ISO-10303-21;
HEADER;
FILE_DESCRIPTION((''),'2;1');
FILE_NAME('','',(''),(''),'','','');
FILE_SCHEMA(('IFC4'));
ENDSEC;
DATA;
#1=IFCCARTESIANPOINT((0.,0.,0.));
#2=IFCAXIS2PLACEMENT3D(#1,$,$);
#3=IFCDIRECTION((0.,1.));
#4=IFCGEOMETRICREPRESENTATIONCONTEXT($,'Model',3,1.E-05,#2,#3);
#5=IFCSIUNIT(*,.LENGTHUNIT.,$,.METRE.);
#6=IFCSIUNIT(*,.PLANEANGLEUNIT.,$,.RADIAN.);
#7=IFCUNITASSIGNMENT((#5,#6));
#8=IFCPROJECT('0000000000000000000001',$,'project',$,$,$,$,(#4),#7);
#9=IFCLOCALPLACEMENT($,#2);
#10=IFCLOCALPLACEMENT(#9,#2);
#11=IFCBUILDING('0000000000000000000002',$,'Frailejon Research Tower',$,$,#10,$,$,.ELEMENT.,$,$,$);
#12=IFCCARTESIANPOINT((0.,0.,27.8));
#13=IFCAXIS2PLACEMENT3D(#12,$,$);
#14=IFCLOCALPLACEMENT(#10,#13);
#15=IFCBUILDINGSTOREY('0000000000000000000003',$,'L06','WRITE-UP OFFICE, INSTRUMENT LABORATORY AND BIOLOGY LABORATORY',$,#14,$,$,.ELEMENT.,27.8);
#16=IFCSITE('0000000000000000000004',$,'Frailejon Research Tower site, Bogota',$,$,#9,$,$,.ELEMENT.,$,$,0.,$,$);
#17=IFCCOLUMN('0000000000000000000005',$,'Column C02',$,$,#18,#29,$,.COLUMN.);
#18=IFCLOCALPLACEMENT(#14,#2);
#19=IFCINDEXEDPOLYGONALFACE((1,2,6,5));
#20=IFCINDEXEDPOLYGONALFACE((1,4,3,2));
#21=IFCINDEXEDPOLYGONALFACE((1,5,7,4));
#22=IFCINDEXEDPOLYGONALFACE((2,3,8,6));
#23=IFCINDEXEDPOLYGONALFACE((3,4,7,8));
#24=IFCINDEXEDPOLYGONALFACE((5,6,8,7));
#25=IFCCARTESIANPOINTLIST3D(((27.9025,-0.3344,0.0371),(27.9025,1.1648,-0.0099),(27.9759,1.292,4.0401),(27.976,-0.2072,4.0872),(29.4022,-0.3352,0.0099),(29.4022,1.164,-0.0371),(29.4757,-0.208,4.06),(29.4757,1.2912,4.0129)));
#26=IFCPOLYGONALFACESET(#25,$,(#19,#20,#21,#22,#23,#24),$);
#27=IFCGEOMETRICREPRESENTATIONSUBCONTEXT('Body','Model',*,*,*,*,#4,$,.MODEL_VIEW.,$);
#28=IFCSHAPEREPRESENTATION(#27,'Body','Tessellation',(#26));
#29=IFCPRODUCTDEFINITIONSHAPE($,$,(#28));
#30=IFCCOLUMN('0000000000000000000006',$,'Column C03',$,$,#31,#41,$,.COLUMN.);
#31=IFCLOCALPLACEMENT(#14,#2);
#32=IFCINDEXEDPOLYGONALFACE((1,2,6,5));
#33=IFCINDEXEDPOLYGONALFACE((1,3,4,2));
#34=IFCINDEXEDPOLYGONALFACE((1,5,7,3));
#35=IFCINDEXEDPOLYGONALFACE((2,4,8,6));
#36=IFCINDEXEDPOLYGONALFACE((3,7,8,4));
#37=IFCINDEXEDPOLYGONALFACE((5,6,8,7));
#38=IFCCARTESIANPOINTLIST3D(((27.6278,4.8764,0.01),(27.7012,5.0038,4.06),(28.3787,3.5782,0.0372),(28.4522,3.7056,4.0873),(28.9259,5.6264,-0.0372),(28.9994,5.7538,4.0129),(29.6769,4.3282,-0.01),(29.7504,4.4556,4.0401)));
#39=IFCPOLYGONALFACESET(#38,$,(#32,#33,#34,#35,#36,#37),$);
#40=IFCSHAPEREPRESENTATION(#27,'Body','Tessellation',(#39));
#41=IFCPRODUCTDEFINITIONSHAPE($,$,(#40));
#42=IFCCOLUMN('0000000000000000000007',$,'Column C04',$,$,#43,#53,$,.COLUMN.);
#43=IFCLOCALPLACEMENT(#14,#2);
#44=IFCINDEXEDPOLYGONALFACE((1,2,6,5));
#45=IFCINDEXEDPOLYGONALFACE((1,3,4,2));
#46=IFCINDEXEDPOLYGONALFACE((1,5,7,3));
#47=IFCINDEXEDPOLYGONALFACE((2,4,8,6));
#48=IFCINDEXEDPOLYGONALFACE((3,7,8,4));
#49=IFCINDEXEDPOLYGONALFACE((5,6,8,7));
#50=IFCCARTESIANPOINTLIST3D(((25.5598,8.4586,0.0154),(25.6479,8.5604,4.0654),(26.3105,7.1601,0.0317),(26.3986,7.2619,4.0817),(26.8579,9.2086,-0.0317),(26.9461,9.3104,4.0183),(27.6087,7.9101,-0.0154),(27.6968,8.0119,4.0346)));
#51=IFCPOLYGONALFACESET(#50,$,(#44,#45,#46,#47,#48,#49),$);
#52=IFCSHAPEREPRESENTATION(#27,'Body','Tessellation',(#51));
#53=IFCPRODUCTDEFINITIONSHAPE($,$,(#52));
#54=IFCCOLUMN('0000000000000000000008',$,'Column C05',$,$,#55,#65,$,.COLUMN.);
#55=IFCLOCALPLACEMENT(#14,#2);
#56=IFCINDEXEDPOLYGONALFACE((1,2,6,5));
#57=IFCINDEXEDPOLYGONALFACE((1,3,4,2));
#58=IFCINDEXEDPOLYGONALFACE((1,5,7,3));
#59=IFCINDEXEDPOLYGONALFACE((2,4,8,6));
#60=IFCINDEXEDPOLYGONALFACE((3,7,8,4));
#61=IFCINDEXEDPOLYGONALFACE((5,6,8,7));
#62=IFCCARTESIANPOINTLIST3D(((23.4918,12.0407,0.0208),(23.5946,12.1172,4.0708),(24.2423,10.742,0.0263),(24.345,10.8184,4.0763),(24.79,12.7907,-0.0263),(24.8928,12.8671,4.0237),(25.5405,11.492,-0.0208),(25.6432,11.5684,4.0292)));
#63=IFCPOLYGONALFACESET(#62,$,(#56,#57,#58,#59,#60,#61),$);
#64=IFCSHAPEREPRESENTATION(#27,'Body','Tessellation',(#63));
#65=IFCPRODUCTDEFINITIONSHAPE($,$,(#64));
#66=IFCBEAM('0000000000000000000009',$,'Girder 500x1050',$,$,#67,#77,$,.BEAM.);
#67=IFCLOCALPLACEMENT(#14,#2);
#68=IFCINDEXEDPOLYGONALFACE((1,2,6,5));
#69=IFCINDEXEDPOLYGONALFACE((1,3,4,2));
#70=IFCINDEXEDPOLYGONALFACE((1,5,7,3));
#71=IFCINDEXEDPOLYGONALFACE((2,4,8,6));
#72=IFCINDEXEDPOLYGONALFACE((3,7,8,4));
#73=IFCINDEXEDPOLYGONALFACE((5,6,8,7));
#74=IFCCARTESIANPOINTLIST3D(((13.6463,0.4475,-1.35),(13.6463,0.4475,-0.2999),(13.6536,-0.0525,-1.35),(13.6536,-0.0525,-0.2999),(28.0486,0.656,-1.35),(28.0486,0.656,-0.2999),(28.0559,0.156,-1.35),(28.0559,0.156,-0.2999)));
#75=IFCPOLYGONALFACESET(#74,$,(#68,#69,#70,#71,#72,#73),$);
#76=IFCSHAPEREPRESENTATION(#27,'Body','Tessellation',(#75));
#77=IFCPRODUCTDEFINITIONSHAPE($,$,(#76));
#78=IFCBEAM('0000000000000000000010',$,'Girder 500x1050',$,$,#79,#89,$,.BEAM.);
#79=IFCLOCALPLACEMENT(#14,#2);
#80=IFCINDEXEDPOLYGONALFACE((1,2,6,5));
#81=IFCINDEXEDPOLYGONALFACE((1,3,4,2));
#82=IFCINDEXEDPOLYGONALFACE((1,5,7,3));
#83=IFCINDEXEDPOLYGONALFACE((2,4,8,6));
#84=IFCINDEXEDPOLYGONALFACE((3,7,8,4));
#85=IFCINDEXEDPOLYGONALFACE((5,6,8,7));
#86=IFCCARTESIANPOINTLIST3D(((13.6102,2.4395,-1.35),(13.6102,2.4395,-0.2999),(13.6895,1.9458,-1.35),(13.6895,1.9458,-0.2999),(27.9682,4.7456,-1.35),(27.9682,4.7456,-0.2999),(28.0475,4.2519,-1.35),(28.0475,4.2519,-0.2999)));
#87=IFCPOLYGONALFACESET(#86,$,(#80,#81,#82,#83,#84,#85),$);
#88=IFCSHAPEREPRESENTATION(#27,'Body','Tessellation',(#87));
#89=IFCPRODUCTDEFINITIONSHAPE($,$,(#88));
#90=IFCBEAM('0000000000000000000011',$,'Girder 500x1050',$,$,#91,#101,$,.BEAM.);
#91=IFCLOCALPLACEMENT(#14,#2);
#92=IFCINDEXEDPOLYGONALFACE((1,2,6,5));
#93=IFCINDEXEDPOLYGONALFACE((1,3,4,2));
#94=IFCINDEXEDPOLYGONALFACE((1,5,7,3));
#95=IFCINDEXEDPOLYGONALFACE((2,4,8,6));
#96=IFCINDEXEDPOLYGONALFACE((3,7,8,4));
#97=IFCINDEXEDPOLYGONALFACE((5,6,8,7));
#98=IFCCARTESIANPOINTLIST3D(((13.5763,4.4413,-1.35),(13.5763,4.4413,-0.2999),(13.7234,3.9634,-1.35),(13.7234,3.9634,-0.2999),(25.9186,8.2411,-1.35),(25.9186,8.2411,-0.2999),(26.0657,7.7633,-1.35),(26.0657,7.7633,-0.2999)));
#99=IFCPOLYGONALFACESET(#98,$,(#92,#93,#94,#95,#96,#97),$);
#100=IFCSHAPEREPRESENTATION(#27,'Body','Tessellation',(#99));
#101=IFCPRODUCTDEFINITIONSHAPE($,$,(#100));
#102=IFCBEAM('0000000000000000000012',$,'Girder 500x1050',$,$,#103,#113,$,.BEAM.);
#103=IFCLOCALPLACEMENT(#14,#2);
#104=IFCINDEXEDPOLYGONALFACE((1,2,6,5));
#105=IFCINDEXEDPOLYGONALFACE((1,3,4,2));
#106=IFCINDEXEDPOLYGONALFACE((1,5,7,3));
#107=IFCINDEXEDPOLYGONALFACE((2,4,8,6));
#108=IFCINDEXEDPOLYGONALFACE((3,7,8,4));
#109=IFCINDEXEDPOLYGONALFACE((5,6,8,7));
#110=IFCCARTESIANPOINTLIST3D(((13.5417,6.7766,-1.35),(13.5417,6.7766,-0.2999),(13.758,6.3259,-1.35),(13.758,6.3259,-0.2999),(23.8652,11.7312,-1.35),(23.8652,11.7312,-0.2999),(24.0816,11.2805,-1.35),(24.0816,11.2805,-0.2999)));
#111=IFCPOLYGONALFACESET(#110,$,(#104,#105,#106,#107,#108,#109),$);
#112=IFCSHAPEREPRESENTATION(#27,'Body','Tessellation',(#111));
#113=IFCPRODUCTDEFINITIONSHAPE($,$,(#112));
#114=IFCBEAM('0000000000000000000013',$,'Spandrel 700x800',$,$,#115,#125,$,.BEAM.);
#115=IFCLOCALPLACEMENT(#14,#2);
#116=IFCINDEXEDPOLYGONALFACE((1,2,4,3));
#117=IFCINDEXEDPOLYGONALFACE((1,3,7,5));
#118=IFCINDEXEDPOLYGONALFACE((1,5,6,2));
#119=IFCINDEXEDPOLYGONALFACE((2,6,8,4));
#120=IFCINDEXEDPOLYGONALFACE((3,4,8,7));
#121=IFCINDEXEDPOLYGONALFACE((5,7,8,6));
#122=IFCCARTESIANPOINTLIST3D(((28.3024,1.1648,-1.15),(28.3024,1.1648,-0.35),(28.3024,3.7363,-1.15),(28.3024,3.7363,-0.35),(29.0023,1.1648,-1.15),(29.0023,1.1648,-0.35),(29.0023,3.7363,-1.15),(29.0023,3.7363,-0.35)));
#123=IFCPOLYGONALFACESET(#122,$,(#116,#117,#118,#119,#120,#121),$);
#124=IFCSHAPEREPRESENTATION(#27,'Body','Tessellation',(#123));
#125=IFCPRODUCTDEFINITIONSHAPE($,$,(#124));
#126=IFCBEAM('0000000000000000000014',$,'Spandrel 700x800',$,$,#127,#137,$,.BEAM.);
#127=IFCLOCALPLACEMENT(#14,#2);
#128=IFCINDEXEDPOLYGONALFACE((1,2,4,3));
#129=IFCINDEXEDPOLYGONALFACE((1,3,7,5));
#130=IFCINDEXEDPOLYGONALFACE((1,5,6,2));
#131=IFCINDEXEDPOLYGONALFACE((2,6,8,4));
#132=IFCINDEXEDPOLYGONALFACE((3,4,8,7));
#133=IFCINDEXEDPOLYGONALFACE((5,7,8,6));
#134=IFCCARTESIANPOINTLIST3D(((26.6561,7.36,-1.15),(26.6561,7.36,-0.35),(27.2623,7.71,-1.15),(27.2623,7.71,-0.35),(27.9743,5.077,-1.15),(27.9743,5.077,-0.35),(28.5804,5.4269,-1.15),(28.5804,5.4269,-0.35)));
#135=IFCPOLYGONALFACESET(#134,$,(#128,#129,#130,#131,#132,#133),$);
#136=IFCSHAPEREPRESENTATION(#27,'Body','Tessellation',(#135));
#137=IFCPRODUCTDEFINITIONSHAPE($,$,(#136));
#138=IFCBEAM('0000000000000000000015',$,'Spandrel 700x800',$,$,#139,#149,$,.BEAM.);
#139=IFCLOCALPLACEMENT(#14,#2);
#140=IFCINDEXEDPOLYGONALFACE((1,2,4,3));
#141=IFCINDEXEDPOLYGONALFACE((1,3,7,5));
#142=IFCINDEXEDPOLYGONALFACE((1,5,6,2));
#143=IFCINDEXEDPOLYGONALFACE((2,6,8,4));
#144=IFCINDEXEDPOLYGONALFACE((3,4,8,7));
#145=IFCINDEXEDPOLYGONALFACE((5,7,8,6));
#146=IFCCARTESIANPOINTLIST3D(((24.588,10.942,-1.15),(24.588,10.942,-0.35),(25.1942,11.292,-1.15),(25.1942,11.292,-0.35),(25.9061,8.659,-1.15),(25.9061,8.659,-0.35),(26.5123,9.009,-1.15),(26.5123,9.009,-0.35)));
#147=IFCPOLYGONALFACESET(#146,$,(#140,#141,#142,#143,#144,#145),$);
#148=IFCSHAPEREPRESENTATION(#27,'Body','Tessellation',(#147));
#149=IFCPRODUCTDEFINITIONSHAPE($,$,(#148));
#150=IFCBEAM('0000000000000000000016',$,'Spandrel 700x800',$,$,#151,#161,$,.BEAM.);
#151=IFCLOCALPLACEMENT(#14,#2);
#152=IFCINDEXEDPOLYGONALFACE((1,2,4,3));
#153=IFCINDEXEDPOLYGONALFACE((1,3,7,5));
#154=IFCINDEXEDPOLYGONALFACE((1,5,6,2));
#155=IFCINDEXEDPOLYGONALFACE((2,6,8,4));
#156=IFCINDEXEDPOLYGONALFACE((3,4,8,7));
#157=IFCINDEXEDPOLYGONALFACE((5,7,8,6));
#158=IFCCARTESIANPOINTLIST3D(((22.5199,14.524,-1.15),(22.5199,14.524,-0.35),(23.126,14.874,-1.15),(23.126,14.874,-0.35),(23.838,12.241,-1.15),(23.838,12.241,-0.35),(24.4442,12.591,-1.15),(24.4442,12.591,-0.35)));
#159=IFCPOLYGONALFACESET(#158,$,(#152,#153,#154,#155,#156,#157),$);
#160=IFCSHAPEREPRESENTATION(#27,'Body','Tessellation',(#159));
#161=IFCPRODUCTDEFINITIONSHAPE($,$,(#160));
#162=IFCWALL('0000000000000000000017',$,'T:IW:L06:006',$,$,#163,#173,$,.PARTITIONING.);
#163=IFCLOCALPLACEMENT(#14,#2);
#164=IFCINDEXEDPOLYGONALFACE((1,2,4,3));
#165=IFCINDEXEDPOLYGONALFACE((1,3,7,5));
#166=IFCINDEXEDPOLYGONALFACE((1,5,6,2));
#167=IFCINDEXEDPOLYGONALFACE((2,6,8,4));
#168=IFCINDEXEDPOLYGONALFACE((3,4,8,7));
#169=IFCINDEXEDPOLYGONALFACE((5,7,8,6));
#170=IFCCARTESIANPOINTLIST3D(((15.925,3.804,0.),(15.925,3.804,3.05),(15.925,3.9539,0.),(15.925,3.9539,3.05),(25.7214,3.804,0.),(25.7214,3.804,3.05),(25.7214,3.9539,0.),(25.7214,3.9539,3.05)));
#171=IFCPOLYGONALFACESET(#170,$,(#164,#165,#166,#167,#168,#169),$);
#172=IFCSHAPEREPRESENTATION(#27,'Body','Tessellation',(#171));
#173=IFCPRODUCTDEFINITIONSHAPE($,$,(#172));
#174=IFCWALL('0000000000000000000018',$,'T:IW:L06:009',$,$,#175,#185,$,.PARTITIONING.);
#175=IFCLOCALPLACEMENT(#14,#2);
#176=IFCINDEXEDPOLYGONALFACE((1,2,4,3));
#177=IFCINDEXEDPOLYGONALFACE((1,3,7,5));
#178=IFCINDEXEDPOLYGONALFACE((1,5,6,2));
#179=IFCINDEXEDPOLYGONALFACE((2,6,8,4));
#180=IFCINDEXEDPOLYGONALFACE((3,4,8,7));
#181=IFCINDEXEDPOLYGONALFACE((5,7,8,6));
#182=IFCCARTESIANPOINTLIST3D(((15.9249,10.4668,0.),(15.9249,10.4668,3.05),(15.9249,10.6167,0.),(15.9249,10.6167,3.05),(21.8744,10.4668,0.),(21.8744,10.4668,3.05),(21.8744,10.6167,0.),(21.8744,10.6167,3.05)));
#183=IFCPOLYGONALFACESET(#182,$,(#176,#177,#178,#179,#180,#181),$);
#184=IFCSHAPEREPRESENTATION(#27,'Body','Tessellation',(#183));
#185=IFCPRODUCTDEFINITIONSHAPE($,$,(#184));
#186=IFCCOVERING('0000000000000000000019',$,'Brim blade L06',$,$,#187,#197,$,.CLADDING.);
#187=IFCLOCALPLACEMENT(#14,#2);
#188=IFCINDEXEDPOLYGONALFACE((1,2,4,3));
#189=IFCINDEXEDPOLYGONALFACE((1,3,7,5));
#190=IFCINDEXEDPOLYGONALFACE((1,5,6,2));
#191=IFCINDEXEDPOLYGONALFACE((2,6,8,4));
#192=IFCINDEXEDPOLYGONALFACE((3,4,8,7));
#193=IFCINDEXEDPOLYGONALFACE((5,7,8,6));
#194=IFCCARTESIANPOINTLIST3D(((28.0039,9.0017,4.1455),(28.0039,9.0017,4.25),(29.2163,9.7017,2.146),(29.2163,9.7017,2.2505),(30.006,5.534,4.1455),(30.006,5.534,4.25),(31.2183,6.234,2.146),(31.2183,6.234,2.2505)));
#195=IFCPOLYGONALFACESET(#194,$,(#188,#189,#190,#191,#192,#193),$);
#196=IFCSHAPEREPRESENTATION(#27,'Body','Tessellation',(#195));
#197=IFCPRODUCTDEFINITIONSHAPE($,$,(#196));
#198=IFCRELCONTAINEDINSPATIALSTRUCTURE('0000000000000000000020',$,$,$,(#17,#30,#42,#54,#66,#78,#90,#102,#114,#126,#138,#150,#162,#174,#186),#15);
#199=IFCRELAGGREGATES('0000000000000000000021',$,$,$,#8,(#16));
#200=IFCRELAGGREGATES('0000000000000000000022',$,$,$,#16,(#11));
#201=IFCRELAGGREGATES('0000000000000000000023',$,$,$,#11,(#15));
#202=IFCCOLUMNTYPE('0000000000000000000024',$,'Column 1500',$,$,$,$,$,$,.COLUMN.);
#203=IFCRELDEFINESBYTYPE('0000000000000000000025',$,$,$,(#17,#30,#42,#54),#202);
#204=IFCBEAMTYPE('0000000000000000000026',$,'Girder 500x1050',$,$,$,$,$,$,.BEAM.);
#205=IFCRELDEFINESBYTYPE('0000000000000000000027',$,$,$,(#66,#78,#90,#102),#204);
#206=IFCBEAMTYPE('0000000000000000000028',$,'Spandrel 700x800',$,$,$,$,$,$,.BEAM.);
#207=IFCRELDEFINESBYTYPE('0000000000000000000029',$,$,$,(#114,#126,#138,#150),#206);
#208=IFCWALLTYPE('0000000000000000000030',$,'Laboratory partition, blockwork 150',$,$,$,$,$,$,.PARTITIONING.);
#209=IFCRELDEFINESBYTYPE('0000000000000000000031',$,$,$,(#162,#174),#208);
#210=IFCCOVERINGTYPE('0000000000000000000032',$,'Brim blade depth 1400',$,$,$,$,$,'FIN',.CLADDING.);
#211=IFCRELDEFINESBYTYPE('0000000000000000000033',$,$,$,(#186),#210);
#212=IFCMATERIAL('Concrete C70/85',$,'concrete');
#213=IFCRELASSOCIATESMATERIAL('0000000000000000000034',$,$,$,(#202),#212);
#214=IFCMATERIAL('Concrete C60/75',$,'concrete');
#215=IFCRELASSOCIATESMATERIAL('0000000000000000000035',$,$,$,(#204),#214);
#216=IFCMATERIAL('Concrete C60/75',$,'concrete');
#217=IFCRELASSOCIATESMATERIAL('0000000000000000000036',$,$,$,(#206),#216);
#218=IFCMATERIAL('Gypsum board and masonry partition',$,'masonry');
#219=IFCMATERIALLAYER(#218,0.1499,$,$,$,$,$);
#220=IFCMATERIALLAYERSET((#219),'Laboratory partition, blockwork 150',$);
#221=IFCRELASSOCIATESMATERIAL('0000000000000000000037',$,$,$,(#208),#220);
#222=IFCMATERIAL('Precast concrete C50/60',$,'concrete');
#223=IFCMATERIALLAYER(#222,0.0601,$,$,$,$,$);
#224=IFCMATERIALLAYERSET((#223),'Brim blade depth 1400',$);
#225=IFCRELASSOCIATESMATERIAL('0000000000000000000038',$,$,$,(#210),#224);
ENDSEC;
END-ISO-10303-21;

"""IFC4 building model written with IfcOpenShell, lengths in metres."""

from ifc_helpers import new_model, si_unit, direction, frame, frame_2d, origin, origin_2d, place, context, subcontext, project, spatial, polyline, rectangle, outline, extrude, material, layer, layer_set, material_profile, profile_set, type_object, element, save


model = new_model("IFC4")

# Units and contexts
model_context = context("Model", 3, precision=1e-05, world=origin(), true_north=direction((0.0, 1.0)))
body_context = subcontext(model_context, "Body", "Model", "MODEL_VIEW")
ifc_project = project(units=[si_unit("LENGTHUNIT", "METRE"), si_unit("PLANEANGLEUNIT", "RADIAN")], contexts=[model_context])

# Site, building, storey
site_placement = place(None, origin())
site = spatial("IfcSite", under=ifc_project, at=site_placement, Name="Frailejon Research Tower site, Bogota", CompositionType="ELEMENT", RefElevation=0.0)
building_placement = place(site_placement, origin())
building = spatial("IfcBuilding", under=site, at=building_placement, Name="Frailejon Research Tower", CompositionType="ELEMENT")
storey_placement = place(building_placement, frame((0.0, 0.0, 27.8)))
storey = spatial("IfcBuildingStorey", under=building, at=storey_placement, Name="L06", Description="WRITE-UP OFFICE, INSTRUMENT LABORATORY AND BIOLOGY LABORATORY", CompositionType="ELEMENT", Elevation=27.8)

# Columns
ifc_material_1 = material(Name="Concrete C70/85", Category="concrete")
ifc_material_profile_1 = material_profile(ifc_material_1, rectangle(XDim=1.5, YDim=1.5, at=origin_2d()), Name="Column 1500")
ifc_profile_set_1 = profile_set([ifc_material_profile_1], Name="Concrete C70/85")
column_type = type_object("IfcColumnType", Name="Column 1500", PredefinedType="COLUMN", material=ifc_profile_set_1)
for number, where, z_axis, x_axis, name in (
    (1, (28.6523, 0.4148, 0.0), (0.018133, 0.031386, 0.999343), (-0.000022, 0.999507, -0.03139), "Column C02"),
    (2, (28.6523, 4.6023, 0.0), (0.018133, 0.031446, 0.999341), (-0.500658, 0.865455, -0.018149), "Column C03"),
):
    element("IfcColumn", number, at=place(storey_placement, frame(where, z_axis=z_axis, x_axis=x_axis)), inside=storey, type_object=column_type, Name=name, PredefinedType="COLUMN", context=body_context, shape_type="SweptSolid", body=[
        extrude(rectangle(XDim=1.5, YDim=1.5, at=origin_2d()), origin(), (0.0, 0.0, 1.0), 4.0527),
    ])
column_1_placement = place(storey_placement, frame((26.5842, 8.1843, 0.0), z_axis=(0.021749, 0.025123, 0.999448), x_axis=(-0.500502, 0.865667, -0.010869)))
element("IfcColumn", 3, at=column_1_placement, inside=storey, type_object=column_type, Name="Column C04", PredefinedType="COLUMN", context=body_context, shape_type="SweptSolid", body=[
    extrude(rectangle(XDim=1.5, YDim=1.5, at=origin_2d()), origin(), (0.0, 0.0, 1.0), 4.0522),
])
column_2_placement = place(storey_placement, frame((24.5161, 11.7664, 0.0), z_axis=(0.025366, 0.018858, 0.9995), x_axis=(-0.500322, 0.865832, -0.003639)))
element("IfcColumn", 4, at=column_2_placement, inside=storey, type_object=column_type, Name="Column C05", PredefinedType="COLUMN", context=body_context, shape_type="SweptSolid", body=[
    extrude(rectangle(XDim=1.5, YDim=1.5, at=origin_2d()), origin(), (0.0, 0.0, 1.0), 4.052),
])

# Beams
ifc_material_2 = material(Name="Concrete C60/75", Category="concrete")
ifc_material_profile_2 = material_profile(ifc_material_2, rectangle(XDim=0.5, YDim=1.05, at=origin_2d()), Name="Girder 500x1050")
ifc_profile_set_2 = profile_set([ifc_material_profile_2], Name="Concrete C60/75")
beam_type_1 = type_object("IfcBeamType", Name="Girder 500x1050", PredefinedType="BEAM", material=ifc_profile_set_2)
beam_1_placement = place(storey_placement, frame((28.0522, 0.406, -0.825), z_axis=(-0.999895, -0.014475, 0.0), x_axis=(0.014475, -0.999895, 0.0)))
element("IfcBeam", 5, at=beam_1_placement, inside=storey, type_object=beam_type_1, Name="Girder 500x1050", PredefinedType="BEAM", context=body_context, shape_type="SweptSolid", body=[
    extrude(rectangle(XDim=0.5, YDim=1.05, at=origin_2d()), origin(), (0.0, 0.0, 1.0), 14.4038),
])
beam_2_placement = place(storey_placement, frame((28.0078, 4.4988, -0.825), z_axis=(-0.987345, -0.158586, 0.0), x_axis=(0.158586, -0.987345, 0.0)))
element("IfcBeam", 6, at=beam_2_placement, inside=storey, type_object=beam_type_1, Name="Girder 500x1050", PredefinedType="BEAM", context=body_context, shape_type="SweptSolid", body=[
    extrude(rectangle(XDim=0.5, YDim=1.05, at=origin_2d()), origin(), (0.0, 0.0, 1.0), 14.542),
])
beam_3_placement = place(storey_placement, frame((25.9922, 8.0022, -0.825), z_axis=(-0.955732, -0.29424, 0.0), x_axis=(0.29424, -0.955732, 0.0)))
element("IfcBeam", 7, at=beam_3_placement, inside=storey, type_object=beam_type_1, Name="Girder 500x1050", PredefinedType="BEAM", context=body_context, shape_type="SweptSolid", body=[
    extrude(rectangle(XDim=0.5, YDim=1.05, at=origin_2d()), origin(), (0.0, 0.0, 1.0), 12.9141),
])
beam_4_placement = place(storey_placement, frame((23.9734, 11.5059, -0.825), z_axis=(-0.901546, -0.432683, 0.0), x_axis=(0.432683, -0.901546, 0.0)))
element("IfcBeam", 8, at=beam_4_placement, inside=storey, type_object=beam_type_1, Name="Girder 500x1050", PredefinedType="BEAM", context=body_context, shape_type="SweptSolid", body=[
    extrude(rectangle(XDim=0.5, YDim=1.05, at=origin_2d()), origin(), (0.0, 0.0, 1.0), 11.4509),
])
ifc_material_3 = material(Name="Concrete C60/75", Category="concrete")
ifc_material_profile_3 = material_profile(ifc_material_3, rectangle(XDim=0.7, YDim=0.8, at=origin_2d()), Name="Spandrel 700x800")
ifc_profile_set_3 = profile_set([ifc_material_profile_3], Name="Concrete C60/75")
beam_type_2 = type_object("IfcBeamType", Name="Spandrel 700x800", PredefinedType="BEAM", material=ifc_profile_set_3)
beam_5_placement = place(storey_placement, frame((28.6523, 1.1648, -0.75), z_axis=(0.0, 1.0, 0.0), x_axis=(-1.0, 0.0, 0.0)))
element("IfcBeam", 9, at=beam_5_placement, inside=storey, type_object=beam_type_2, Name="Spandrel 700x800", PredefinedType="BEAM", context=body_context, shape_type="SweptSolid", body=[
    extrude(rectangle(XDim=0.7, YDim=0.8, at=origin_2d()), origin(), (0.0, 0.0, 1.0), 2.5715),
])
for number, where, z_axis, x_axis, name in (
    (10, (28.2773, 5.252, -0.75), (-0.500014, 0.866017, 0.0), (-0.866017, -0.500014, 0.0), "Spandrel 700x800"),
    (11, (26.2092, 8.834, -0.75), (-0.500014, 0.866017, 0.0), (-0.866017, -0.500014, 0.0), "Spandrel 700x800"),
    (12, (24.1411, 12.416, -0.75), (-0.500014, 0.866017, 0.0), (-0.866017, -0.500014, 0.0), "Spandrel 700x800"),
):
    element("IfcBeam", number, at=place(storey_placement, frame(where, z_axis=z_axis, x_axis=x_axis)), inside=storey, type_object=beam_type_2, Name=name, PredefinedType="BEAM", context=body_context, shape_type="SweptSolid", body=[
        extrude(rectangle(XDim=0.7, YDim=0.8, at=origin_2d()), origin(), (0.0, 0.0, 1.0), 2.6362),
    ])

# Walls
ifc_material_4 = material(Name="Gypsum board and masonry partition", Category="masonry")
ifc_layer_1 = layer(ifc_material_4, 0.1499)
ifc_layer_set_1 = layer_set([ifc_layer_1], Name="Laboratory partition, blockwork 150")
wall_type_1 = type_object("IfcWallType", Name="Laboratory partition, blockwork 150", PredefinedType="PARTITIONING", material=ifc_layer_set_1)
wall_1_placement = place(storey_placement, frame((15.925, 3.8789, 0.0), z_axis=(0.0, 0.0, 1.0), x_axis=(1.0, 0.0, 0.0)))
element("IfcWall", 13, at=wall_1_placement, inside=storey, type_object=wall_type_1, Name="T:IW:L06:006", PredefinedType="PARTITIONING", context=body_context, shape_type="SweptSolid", body=[
    extrude(rectangle(XDim=9.7964, YDim=0.1499, at=frame_2d((4.8982, 0.0))), origin(), (0.0, 0.0, 1.0), 3.05),
])
wall_2_placement = place(storey_placement, frame((15.925, 10.5417, 0.0), z_axis=(0.0, 0.0, 1.0), x_axis=(1.0, 0.0, 0.0)))
element("IfcWall", 14, at=wall_2_placement, inside=storey, type_object=wall_type_1, Name="T:IW:L06:009", PredefinedType="PARTITIONING", context=body_context, shape_type="SweptSolid", body=[
    extrude(rectangle(XDim=5.9495, YDim=0.1499, at=frame_2d((2.9746, 0.0))), origin(), (0.0, 0.0, 1.0), 3.05),
])

# Covering
ifc_material_5 = material(Name="Precast concrete C50/60", Category="concrete")
ifc_layer_2 = layer(ifc_material_5, 0.0601)
ifc_layer_set_2 = layer_set([ifc_layer_2], Name="Brim blade depth 1400")
covering_type_1 = type_object("IfcCoveringType", Name="Brim blade depth 1400", ElementType="FIN", PredefinedType="CLADDING", material=ifc_layer_set_2)
covering_placement = place(storey_placement, frame((28.0039, 9.0017, 4.25), z_axis=(0.500004, -0.866023, 0.0), x_axis=(0.866023, 0.500004, 0.0)))
element("IfcCovering", 15, at=covering_placement, inside=storey, type_object=covering_type_1, Name="Brim blade L06", PredefinedType="CLADDING", context=body_context, shape_type="SweptSolid", body=[
    extrude(outline(polyline([(0.0, -0.1045), (1.3999, -2.104), (1.3999, -1.9995), (0.0, 0.0), (0.0, -0.1045)])), origin(), (0.0, 0.0, 1.0), 4.0042),
])

save(model, "model.ifc")
